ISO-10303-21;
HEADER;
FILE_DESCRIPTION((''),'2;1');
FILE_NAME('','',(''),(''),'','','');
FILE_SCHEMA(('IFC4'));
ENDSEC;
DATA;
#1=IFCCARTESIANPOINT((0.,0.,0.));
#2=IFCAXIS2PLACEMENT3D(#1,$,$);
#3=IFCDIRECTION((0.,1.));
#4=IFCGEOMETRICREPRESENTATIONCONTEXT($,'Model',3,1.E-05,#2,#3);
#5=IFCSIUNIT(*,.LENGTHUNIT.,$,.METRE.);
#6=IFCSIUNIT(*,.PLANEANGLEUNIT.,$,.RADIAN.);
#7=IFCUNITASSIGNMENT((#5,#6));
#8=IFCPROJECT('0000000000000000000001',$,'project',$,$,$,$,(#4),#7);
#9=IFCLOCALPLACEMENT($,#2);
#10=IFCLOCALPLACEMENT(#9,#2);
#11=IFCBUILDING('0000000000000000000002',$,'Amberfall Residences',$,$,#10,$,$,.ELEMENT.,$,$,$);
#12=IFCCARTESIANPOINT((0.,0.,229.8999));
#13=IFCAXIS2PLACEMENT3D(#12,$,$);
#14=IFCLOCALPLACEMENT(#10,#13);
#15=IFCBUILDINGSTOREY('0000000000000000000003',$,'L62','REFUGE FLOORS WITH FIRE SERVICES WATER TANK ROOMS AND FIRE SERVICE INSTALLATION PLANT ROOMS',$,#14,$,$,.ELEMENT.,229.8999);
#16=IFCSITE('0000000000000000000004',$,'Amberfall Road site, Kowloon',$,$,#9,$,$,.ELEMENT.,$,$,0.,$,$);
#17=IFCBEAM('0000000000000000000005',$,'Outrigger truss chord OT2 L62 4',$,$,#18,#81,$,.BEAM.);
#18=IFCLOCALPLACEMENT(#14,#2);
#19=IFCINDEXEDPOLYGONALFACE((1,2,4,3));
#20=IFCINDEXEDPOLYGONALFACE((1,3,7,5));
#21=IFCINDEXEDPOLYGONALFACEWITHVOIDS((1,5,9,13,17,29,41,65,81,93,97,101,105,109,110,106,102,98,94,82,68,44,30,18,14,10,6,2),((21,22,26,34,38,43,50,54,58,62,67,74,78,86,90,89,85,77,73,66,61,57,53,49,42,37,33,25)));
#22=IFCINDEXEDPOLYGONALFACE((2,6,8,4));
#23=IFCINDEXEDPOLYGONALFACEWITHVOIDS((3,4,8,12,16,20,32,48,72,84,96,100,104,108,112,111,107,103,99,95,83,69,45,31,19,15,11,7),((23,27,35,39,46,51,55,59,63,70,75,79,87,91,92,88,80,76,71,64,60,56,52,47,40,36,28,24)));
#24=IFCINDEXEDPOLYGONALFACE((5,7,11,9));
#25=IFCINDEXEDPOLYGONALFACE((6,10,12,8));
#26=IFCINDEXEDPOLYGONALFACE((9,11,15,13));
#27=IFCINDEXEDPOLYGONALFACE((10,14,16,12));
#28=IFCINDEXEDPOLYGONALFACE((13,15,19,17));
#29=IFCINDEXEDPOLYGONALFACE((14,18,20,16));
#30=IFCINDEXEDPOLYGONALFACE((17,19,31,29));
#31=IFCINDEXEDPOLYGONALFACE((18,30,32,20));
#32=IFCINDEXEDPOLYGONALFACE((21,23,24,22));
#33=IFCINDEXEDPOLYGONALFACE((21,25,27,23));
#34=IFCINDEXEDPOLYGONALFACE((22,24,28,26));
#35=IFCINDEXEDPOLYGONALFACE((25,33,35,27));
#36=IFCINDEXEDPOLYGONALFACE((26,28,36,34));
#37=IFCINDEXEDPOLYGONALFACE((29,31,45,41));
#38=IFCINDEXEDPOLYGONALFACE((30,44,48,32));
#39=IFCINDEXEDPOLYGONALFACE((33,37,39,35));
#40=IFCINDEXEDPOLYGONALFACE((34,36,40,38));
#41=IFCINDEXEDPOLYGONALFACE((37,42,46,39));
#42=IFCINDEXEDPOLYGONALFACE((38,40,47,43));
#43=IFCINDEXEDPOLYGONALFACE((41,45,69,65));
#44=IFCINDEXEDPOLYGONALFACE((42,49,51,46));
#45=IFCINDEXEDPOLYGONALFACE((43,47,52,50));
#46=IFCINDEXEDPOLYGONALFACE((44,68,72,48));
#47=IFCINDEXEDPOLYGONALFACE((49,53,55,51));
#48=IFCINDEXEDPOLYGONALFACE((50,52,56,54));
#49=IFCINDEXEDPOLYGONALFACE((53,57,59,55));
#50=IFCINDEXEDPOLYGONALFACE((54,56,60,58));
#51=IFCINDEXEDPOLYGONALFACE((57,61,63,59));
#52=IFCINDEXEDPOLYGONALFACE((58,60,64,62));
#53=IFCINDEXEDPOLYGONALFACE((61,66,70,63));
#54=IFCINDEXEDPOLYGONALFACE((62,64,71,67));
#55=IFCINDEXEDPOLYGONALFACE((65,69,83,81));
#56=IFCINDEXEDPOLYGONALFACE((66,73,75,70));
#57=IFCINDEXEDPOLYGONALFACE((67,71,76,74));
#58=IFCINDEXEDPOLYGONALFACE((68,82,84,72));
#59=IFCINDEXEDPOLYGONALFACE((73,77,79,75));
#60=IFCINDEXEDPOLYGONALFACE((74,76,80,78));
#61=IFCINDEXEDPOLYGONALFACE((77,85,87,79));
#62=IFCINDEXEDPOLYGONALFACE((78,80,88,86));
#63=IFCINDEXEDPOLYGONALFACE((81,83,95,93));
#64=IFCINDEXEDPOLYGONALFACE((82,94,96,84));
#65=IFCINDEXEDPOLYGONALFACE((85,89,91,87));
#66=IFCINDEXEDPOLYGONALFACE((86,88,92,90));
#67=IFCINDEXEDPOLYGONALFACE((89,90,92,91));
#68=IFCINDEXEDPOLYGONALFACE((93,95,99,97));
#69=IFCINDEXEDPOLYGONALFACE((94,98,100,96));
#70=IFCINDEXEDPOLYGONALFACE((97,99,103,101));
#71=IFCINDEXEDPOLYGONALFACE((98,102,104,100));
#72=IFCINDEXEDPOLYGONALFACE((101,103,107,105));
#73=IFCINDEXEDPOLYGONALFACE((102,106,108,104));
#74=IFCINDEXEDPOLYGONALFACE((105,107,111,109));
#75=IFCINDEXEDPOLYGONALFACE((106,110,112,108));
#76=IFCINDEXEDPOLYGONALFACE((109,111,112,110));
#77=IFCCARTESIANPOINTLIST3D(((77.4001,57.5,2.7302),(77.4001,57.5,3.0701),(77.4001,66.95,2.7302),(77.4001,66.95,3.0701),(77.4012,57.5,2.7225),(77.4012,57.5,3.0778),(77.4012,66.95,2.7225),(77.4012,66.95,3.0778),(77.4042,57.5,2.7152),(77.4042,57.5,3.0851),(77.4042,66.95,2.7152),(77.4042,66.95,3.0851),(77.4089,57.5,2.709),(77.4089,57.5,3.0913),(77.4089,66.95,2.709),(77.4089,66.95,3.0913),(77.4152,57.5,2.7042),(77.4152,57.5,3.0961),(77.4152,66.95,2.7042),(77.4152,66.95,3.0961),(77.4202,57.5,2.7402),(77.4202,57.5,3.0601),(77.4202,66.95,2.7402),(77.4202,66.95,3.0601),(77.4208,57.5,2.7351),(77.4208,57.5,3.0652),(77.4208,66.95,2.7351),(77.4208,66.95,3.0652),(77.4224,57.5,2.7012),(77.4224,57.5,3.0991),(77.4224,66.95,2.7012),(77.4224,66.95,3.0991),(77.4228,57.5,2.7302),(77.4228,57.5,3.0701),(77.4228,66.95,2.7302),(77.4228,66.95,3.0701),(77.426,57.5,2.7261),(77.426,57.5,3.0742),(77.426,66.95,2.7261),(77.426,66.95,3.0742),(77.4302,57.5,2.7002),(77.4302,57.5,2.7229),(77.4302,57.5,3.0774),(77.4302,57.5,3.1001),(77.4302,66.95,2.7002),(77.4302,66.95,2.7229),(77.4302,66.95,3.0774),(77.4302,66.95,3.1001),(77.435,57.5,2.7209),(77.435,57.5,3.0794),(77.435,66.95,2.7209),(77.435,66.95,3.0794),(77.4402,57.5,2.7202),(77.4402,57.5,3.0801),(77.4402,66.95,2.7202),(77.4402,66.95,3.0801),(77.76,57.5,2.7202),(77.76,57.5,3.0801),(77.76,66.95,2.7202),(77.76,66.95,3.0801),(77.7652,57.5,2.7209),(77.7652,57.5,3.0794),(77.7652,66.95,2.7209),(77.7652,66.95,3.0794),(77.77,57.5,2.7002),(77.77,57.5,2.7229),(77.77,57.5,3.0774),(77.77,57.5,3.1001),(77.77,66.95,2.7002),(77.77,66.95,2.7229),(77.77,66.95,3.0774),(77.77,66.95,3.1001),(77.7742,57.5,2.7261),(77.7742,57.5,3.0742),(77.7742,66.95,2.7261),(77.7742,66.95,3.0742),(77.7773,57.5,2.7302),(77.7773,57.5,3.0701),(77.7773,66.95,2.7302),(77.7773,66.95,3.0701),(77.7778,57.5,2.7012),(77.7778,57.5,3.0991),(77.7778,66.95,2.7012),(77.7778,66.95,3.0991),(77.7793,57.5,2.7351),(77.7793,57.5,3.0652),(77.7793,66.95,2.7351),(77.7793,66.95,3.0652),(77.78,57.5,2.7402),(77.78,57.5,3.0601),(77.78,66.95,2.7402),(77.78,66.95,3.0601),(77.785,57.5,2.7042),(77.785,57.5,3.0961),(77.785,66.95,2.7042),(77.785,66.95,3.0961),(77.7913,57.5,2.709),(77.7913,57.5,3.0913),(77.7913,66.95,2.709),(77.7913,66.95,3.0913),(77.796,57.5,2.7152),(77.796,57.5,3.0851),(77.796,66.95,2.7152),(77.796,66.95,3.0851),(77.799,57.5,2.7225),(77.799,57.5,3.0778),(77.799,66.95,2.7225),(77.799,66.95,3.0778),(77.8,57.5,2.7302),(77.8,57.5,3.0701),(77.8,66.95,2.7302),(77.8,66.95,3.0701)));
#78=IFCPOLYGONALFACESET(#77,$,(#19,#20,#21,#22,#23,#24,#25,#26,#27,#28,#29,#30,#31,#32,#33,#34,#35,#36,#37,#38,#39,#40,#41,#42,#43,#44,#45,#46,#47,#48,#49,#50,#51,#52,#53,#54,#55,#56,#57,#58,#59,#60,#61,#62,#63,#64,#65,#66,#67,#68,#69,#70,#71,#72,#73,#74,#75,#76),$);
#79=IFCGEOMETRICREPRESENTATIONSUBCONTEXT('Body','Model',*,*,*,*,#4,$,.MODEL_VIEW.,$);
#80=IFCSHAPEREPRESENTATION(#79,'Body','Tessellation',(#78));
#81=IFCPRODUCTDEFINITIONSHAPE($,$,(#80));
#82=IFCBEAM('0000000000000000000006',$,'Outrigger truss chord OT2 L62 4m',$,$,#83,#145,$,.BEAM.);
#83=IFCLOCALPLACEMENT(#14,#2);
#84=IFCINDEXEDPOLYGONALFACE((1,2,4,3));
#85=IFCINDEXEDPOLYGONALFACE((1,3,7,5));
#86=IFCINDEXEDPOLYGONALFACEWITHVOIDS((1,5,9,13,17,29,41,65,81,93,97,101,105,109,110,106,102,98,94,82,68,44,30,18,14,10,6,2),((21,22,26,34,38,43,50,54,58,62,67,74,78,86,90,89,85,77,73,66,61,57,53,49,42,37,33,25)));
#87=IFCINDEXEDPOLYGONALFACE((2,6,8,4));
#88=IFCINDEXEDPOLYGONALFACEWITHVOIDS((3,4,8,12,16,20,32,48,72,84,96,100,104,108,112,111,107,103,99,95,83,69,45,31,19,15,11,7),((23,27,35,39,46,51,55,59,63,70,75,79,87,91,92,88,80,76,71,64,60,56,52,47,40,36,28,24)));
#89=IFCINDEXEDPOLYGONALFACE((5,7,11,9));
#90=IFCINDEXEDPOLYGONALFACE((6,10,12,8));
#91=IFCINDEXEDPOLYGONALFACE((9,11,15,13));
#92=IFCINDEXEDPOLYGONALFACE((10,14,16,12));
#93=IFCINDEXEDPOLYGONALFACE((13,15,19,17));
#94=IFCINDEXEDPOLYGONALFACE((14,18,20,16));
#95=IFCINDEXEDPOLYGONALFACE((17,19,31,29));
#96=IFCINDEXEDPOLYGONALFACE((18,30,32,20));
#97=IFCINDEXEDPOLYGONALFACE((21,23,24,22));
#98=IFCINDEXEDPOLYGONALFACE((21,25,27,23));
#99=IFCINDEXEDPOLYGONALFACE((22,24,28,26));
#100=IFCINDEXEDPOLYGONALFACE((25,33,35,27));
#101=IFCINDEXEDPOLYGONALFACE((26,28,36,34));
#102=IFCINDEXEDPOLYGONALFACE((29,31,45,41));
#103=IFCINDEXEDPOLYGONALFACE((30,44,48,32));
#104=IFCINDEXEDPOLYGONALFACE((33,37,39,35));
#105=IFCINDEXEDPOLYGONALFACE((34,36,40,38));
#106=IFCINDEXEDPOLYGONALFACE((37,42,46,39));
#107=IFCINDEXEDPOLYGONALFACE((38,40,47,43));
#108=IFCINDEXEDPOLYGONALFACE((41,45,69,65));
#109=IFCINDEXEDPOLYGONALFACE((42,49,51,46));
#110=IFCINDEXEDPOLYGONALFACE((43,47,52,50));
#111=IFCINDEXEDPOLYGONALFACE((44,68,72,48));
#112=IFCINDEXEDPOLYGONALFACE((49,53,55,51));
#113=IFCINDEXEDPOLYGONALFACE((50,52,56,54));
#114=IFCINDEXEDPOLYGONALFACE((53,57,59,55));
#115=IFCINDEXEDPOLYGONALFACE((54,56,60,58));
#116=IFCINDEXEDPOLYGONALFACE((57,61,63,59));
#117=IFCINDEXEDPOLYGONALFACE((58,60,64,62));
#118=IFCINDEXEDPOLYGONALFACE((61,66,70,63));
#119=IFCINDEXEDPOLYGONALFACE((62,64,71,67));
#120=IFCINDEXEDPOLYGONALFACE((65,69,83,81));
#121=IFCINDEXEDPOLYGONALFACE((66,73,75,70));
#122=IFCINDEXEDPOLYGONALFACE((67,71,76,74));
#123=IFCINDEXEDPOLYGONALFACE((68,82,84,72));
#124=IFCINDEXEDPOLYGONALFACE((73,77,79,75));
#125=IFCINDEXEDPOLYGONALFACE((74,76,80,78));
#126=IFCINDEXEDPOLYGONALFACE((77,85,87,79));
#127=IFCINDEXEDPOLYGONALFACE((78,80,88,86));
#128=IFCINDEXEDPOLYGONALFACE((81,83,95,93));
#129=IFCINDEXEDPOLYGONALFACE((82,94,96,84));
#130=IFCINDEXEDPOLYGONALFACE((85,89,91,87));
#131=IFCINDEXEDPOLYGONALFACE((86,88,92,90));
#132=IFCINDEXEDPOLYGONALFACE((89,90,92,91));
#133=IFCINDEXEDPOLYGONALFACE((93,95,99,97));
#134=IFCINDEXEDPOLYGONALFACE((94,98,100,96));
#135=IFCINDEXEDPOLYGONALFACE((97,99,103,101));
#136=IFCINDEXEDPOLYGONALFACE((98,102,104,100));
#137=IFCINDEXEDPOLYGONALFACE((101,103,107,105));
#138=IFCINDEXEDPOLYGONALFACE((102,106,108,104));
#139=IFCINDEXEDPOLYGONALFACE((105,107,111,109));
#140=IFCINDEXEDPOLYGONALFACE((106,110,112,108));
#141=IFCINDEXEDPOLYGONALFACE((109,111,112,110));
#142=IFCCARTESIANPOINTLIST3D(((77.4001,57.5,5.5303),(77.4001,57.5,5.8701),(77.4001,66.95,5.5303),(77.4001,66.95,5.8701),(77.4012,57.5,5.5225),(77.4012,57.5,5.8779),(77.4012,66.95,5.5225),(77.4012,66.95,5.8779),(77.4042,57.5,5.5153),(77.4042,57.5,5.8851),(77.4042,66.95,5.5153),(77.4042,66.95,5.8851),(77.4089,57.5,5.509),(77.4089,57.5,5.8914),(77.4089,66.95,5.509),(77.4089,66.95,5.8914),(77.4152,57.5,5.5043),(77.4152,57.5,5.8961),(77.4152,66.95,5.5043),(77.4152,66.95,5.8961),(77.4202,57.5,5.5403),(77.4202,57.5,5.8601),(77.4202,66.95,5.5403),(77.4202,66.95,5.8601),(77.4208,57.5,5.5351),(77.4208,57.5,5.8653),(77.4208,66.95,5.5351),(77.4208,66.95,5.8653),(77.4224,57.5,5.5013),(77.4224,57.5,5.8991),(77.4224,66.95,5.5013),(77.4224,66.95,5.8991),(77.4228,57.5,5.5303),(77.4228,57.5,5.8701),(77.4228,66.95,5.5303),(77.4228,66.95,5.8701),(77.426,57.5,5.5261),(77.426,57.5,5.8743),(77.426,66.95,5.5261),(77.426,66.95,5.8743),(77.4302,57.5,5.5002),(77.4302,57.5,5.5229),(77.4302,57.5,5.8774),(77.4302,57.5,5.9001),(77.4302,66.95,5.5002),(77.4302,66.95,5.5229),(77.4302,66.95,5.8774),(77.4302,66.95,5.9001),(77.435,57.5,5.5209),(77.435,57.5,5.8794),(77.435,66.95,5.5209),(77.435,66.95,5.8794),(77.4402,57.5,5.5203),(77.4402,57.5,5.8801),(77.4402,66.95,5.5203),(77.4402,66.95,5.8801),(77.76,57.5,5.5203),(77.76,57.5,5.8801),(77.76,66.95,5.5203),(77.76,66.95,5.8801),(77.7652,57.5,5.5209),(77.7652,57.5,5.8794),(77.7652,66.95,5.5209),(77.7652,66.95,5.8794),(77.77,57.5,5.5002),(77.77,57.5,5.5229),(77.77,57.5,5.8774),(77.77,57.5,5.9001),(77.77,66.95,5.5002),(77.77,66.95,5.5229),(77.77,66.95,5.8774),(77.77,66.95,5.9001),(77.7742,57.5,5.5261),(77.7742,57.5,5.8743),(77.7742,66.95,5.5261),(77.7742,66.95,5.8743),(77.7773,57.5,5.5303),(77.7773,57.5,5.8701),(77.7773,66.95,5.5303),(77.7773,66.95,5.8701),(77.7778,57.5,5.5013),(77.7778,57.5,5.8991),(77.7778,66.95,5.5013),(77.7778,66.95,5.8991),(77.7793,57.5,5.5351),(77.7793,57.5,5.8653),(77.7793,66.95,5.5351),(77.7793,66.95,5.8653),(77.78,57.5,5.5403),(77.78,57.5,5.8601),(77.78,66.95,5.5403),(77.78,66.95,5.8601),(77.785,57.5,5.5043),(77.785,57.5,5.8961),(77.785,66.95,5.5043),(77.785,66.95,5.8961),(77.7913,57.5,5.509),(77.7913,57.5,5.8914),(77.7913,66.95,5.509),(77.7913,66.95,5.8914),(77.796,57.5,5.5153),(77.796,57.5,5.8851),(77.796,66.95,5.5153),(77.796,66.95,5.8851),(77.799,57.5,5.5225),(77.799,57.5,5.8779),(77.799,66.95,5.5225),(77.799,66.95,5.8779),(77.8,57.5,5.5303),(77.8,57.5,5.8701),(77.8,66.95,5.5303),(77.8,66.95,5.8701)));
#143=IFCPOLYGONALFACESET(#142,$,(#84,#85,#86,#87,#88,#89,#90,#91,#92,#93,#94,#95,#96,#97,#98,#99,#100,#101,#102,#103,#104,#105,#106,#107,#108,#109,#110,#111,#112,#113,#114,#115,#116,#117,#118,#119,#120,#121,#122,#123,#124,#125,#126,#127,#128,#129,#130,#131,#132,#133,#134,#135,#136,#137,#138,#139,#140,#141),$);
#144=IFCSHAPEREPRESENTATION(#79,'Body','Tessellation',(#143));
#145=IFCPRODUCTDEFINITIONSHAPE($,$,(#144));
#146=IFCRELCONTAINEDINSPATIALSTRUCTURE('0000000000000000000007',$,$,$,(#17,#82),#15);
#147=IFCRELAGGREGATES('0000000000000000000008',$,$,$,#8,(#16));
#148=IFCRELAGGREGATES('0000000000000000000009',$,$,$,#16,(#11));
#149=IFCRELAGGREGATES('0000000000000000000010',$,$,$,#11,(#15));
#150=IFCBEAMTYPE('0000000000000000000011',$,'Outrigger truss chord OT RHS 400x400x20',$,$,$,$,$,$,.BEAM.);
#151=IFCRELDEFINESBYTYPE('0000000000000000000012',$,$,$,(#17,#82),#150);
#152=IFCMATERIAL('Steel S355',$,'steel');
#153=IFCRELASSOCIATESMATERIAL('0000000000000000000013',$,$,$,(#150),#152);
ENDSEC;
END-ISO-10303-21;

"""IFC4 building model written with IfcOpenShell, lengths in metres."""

from ifc_helpers import new_model, si_unit, direction, frame, origin, origin_2d, place, context, subcontext, project, spatial, hollow_rectangle, extrude, material, material_profile, profile_set, type_object, element, save


model = new_model("IFC4")

# Units and contexts
model_context = context("Model", 3, precision=1e-05, world=origin(), true_north=direction((0.0, 1.0)))
body_context = subcontext(model_context, "Body", "Model", "MODEL_VIEW")
ifc_project = project(units=[si_unit("LENGTHUNIT", "METRE"), si_unit("PLANEANGLEUNIT", "RADIAN")], contexts=[model_context])

# Site, building, storey
site_placement = place(None, origin())
site = spatial("IfcSite", under=ifc_project, at=site_placement, Name="Amberfall Road site, Kowloon", CompositionType="ELEMENT", RefElevation=0.0)
building_placement = place(site_placement, origin())
building = spatial("IfcBuilding", under=site, at=building_placement, Name="Amberfall Residences", CompositionType="ELEMENT")
storey_placement = place(building_placement, frame((0.0, 0.0, 229.8999)))
storey = spatial("IfcBuildingStorey", under=building, at=storey_placement, Name="L62", Description="REFUGE FLOORS WITH FIRE SERVICES WATER TANK ROOMS AND FIRE SERVICE INSTALLATION PLANT ROOMS", CompositionType="ELEMENT", Elevation=229.8999)

# Shared definitions
ifc_material_1 = material(Name="Steel S355", Category="steel")

# Beams
ifc_material_profile_1 = material_profile(ifc_material_1, hollow_rectangle(XDim=0.3999, YDim=0.3999, WallThickness=0.02, InnerFilletRadius=0.02, OuterFilletRadius=0.03, at=origin_2d()), Name="RHS 400x400x20")
ifc_profile_set_1 = profile_set([ifc_material_profile_1], Name="Steel S355")
beam_type_1 = type_object("IfcBeamType", Name="Outrigger truss chord OT RHS 400x400x20", PredefinedType="BEAM", material=ifc_profile_set_1)
for number, where, z_axis, x_axis, name in (
    (1, (77.6001, 66.95, 2.9001), (0.0, -1.0, 0.0), (1.0, 0.0, 0.0), "Outrigger truss chord OT2 L62 4"),
    (2, (77.6001, 66.95, 5.7002), (0.0, -1.0, 0.0), (1.0, 0.0, 0.0), "Outrigger truss chord OT2 L62 4m"),
):
    element("IfcBeam", number, at=place(storey_placement, frame(where, z_axis=z_axis, x_axis=x_axis)), inside=storey, type_object=beam_type_1, Name=name, PredefinedType="BEAM", context=body_context, shape_type="SweptSolid", body=[
        extrude(hollow_rectangle(XDim=0.3999, YDim=0.3999, WallThickness=0.02, InnerFilletRadius=0.02, OuterFilletRadius=0.03, at=origin_2d()), origin(), (0.0, 0.0, 1.0), 9.45),
    ])

save(model, "model.ifc")
